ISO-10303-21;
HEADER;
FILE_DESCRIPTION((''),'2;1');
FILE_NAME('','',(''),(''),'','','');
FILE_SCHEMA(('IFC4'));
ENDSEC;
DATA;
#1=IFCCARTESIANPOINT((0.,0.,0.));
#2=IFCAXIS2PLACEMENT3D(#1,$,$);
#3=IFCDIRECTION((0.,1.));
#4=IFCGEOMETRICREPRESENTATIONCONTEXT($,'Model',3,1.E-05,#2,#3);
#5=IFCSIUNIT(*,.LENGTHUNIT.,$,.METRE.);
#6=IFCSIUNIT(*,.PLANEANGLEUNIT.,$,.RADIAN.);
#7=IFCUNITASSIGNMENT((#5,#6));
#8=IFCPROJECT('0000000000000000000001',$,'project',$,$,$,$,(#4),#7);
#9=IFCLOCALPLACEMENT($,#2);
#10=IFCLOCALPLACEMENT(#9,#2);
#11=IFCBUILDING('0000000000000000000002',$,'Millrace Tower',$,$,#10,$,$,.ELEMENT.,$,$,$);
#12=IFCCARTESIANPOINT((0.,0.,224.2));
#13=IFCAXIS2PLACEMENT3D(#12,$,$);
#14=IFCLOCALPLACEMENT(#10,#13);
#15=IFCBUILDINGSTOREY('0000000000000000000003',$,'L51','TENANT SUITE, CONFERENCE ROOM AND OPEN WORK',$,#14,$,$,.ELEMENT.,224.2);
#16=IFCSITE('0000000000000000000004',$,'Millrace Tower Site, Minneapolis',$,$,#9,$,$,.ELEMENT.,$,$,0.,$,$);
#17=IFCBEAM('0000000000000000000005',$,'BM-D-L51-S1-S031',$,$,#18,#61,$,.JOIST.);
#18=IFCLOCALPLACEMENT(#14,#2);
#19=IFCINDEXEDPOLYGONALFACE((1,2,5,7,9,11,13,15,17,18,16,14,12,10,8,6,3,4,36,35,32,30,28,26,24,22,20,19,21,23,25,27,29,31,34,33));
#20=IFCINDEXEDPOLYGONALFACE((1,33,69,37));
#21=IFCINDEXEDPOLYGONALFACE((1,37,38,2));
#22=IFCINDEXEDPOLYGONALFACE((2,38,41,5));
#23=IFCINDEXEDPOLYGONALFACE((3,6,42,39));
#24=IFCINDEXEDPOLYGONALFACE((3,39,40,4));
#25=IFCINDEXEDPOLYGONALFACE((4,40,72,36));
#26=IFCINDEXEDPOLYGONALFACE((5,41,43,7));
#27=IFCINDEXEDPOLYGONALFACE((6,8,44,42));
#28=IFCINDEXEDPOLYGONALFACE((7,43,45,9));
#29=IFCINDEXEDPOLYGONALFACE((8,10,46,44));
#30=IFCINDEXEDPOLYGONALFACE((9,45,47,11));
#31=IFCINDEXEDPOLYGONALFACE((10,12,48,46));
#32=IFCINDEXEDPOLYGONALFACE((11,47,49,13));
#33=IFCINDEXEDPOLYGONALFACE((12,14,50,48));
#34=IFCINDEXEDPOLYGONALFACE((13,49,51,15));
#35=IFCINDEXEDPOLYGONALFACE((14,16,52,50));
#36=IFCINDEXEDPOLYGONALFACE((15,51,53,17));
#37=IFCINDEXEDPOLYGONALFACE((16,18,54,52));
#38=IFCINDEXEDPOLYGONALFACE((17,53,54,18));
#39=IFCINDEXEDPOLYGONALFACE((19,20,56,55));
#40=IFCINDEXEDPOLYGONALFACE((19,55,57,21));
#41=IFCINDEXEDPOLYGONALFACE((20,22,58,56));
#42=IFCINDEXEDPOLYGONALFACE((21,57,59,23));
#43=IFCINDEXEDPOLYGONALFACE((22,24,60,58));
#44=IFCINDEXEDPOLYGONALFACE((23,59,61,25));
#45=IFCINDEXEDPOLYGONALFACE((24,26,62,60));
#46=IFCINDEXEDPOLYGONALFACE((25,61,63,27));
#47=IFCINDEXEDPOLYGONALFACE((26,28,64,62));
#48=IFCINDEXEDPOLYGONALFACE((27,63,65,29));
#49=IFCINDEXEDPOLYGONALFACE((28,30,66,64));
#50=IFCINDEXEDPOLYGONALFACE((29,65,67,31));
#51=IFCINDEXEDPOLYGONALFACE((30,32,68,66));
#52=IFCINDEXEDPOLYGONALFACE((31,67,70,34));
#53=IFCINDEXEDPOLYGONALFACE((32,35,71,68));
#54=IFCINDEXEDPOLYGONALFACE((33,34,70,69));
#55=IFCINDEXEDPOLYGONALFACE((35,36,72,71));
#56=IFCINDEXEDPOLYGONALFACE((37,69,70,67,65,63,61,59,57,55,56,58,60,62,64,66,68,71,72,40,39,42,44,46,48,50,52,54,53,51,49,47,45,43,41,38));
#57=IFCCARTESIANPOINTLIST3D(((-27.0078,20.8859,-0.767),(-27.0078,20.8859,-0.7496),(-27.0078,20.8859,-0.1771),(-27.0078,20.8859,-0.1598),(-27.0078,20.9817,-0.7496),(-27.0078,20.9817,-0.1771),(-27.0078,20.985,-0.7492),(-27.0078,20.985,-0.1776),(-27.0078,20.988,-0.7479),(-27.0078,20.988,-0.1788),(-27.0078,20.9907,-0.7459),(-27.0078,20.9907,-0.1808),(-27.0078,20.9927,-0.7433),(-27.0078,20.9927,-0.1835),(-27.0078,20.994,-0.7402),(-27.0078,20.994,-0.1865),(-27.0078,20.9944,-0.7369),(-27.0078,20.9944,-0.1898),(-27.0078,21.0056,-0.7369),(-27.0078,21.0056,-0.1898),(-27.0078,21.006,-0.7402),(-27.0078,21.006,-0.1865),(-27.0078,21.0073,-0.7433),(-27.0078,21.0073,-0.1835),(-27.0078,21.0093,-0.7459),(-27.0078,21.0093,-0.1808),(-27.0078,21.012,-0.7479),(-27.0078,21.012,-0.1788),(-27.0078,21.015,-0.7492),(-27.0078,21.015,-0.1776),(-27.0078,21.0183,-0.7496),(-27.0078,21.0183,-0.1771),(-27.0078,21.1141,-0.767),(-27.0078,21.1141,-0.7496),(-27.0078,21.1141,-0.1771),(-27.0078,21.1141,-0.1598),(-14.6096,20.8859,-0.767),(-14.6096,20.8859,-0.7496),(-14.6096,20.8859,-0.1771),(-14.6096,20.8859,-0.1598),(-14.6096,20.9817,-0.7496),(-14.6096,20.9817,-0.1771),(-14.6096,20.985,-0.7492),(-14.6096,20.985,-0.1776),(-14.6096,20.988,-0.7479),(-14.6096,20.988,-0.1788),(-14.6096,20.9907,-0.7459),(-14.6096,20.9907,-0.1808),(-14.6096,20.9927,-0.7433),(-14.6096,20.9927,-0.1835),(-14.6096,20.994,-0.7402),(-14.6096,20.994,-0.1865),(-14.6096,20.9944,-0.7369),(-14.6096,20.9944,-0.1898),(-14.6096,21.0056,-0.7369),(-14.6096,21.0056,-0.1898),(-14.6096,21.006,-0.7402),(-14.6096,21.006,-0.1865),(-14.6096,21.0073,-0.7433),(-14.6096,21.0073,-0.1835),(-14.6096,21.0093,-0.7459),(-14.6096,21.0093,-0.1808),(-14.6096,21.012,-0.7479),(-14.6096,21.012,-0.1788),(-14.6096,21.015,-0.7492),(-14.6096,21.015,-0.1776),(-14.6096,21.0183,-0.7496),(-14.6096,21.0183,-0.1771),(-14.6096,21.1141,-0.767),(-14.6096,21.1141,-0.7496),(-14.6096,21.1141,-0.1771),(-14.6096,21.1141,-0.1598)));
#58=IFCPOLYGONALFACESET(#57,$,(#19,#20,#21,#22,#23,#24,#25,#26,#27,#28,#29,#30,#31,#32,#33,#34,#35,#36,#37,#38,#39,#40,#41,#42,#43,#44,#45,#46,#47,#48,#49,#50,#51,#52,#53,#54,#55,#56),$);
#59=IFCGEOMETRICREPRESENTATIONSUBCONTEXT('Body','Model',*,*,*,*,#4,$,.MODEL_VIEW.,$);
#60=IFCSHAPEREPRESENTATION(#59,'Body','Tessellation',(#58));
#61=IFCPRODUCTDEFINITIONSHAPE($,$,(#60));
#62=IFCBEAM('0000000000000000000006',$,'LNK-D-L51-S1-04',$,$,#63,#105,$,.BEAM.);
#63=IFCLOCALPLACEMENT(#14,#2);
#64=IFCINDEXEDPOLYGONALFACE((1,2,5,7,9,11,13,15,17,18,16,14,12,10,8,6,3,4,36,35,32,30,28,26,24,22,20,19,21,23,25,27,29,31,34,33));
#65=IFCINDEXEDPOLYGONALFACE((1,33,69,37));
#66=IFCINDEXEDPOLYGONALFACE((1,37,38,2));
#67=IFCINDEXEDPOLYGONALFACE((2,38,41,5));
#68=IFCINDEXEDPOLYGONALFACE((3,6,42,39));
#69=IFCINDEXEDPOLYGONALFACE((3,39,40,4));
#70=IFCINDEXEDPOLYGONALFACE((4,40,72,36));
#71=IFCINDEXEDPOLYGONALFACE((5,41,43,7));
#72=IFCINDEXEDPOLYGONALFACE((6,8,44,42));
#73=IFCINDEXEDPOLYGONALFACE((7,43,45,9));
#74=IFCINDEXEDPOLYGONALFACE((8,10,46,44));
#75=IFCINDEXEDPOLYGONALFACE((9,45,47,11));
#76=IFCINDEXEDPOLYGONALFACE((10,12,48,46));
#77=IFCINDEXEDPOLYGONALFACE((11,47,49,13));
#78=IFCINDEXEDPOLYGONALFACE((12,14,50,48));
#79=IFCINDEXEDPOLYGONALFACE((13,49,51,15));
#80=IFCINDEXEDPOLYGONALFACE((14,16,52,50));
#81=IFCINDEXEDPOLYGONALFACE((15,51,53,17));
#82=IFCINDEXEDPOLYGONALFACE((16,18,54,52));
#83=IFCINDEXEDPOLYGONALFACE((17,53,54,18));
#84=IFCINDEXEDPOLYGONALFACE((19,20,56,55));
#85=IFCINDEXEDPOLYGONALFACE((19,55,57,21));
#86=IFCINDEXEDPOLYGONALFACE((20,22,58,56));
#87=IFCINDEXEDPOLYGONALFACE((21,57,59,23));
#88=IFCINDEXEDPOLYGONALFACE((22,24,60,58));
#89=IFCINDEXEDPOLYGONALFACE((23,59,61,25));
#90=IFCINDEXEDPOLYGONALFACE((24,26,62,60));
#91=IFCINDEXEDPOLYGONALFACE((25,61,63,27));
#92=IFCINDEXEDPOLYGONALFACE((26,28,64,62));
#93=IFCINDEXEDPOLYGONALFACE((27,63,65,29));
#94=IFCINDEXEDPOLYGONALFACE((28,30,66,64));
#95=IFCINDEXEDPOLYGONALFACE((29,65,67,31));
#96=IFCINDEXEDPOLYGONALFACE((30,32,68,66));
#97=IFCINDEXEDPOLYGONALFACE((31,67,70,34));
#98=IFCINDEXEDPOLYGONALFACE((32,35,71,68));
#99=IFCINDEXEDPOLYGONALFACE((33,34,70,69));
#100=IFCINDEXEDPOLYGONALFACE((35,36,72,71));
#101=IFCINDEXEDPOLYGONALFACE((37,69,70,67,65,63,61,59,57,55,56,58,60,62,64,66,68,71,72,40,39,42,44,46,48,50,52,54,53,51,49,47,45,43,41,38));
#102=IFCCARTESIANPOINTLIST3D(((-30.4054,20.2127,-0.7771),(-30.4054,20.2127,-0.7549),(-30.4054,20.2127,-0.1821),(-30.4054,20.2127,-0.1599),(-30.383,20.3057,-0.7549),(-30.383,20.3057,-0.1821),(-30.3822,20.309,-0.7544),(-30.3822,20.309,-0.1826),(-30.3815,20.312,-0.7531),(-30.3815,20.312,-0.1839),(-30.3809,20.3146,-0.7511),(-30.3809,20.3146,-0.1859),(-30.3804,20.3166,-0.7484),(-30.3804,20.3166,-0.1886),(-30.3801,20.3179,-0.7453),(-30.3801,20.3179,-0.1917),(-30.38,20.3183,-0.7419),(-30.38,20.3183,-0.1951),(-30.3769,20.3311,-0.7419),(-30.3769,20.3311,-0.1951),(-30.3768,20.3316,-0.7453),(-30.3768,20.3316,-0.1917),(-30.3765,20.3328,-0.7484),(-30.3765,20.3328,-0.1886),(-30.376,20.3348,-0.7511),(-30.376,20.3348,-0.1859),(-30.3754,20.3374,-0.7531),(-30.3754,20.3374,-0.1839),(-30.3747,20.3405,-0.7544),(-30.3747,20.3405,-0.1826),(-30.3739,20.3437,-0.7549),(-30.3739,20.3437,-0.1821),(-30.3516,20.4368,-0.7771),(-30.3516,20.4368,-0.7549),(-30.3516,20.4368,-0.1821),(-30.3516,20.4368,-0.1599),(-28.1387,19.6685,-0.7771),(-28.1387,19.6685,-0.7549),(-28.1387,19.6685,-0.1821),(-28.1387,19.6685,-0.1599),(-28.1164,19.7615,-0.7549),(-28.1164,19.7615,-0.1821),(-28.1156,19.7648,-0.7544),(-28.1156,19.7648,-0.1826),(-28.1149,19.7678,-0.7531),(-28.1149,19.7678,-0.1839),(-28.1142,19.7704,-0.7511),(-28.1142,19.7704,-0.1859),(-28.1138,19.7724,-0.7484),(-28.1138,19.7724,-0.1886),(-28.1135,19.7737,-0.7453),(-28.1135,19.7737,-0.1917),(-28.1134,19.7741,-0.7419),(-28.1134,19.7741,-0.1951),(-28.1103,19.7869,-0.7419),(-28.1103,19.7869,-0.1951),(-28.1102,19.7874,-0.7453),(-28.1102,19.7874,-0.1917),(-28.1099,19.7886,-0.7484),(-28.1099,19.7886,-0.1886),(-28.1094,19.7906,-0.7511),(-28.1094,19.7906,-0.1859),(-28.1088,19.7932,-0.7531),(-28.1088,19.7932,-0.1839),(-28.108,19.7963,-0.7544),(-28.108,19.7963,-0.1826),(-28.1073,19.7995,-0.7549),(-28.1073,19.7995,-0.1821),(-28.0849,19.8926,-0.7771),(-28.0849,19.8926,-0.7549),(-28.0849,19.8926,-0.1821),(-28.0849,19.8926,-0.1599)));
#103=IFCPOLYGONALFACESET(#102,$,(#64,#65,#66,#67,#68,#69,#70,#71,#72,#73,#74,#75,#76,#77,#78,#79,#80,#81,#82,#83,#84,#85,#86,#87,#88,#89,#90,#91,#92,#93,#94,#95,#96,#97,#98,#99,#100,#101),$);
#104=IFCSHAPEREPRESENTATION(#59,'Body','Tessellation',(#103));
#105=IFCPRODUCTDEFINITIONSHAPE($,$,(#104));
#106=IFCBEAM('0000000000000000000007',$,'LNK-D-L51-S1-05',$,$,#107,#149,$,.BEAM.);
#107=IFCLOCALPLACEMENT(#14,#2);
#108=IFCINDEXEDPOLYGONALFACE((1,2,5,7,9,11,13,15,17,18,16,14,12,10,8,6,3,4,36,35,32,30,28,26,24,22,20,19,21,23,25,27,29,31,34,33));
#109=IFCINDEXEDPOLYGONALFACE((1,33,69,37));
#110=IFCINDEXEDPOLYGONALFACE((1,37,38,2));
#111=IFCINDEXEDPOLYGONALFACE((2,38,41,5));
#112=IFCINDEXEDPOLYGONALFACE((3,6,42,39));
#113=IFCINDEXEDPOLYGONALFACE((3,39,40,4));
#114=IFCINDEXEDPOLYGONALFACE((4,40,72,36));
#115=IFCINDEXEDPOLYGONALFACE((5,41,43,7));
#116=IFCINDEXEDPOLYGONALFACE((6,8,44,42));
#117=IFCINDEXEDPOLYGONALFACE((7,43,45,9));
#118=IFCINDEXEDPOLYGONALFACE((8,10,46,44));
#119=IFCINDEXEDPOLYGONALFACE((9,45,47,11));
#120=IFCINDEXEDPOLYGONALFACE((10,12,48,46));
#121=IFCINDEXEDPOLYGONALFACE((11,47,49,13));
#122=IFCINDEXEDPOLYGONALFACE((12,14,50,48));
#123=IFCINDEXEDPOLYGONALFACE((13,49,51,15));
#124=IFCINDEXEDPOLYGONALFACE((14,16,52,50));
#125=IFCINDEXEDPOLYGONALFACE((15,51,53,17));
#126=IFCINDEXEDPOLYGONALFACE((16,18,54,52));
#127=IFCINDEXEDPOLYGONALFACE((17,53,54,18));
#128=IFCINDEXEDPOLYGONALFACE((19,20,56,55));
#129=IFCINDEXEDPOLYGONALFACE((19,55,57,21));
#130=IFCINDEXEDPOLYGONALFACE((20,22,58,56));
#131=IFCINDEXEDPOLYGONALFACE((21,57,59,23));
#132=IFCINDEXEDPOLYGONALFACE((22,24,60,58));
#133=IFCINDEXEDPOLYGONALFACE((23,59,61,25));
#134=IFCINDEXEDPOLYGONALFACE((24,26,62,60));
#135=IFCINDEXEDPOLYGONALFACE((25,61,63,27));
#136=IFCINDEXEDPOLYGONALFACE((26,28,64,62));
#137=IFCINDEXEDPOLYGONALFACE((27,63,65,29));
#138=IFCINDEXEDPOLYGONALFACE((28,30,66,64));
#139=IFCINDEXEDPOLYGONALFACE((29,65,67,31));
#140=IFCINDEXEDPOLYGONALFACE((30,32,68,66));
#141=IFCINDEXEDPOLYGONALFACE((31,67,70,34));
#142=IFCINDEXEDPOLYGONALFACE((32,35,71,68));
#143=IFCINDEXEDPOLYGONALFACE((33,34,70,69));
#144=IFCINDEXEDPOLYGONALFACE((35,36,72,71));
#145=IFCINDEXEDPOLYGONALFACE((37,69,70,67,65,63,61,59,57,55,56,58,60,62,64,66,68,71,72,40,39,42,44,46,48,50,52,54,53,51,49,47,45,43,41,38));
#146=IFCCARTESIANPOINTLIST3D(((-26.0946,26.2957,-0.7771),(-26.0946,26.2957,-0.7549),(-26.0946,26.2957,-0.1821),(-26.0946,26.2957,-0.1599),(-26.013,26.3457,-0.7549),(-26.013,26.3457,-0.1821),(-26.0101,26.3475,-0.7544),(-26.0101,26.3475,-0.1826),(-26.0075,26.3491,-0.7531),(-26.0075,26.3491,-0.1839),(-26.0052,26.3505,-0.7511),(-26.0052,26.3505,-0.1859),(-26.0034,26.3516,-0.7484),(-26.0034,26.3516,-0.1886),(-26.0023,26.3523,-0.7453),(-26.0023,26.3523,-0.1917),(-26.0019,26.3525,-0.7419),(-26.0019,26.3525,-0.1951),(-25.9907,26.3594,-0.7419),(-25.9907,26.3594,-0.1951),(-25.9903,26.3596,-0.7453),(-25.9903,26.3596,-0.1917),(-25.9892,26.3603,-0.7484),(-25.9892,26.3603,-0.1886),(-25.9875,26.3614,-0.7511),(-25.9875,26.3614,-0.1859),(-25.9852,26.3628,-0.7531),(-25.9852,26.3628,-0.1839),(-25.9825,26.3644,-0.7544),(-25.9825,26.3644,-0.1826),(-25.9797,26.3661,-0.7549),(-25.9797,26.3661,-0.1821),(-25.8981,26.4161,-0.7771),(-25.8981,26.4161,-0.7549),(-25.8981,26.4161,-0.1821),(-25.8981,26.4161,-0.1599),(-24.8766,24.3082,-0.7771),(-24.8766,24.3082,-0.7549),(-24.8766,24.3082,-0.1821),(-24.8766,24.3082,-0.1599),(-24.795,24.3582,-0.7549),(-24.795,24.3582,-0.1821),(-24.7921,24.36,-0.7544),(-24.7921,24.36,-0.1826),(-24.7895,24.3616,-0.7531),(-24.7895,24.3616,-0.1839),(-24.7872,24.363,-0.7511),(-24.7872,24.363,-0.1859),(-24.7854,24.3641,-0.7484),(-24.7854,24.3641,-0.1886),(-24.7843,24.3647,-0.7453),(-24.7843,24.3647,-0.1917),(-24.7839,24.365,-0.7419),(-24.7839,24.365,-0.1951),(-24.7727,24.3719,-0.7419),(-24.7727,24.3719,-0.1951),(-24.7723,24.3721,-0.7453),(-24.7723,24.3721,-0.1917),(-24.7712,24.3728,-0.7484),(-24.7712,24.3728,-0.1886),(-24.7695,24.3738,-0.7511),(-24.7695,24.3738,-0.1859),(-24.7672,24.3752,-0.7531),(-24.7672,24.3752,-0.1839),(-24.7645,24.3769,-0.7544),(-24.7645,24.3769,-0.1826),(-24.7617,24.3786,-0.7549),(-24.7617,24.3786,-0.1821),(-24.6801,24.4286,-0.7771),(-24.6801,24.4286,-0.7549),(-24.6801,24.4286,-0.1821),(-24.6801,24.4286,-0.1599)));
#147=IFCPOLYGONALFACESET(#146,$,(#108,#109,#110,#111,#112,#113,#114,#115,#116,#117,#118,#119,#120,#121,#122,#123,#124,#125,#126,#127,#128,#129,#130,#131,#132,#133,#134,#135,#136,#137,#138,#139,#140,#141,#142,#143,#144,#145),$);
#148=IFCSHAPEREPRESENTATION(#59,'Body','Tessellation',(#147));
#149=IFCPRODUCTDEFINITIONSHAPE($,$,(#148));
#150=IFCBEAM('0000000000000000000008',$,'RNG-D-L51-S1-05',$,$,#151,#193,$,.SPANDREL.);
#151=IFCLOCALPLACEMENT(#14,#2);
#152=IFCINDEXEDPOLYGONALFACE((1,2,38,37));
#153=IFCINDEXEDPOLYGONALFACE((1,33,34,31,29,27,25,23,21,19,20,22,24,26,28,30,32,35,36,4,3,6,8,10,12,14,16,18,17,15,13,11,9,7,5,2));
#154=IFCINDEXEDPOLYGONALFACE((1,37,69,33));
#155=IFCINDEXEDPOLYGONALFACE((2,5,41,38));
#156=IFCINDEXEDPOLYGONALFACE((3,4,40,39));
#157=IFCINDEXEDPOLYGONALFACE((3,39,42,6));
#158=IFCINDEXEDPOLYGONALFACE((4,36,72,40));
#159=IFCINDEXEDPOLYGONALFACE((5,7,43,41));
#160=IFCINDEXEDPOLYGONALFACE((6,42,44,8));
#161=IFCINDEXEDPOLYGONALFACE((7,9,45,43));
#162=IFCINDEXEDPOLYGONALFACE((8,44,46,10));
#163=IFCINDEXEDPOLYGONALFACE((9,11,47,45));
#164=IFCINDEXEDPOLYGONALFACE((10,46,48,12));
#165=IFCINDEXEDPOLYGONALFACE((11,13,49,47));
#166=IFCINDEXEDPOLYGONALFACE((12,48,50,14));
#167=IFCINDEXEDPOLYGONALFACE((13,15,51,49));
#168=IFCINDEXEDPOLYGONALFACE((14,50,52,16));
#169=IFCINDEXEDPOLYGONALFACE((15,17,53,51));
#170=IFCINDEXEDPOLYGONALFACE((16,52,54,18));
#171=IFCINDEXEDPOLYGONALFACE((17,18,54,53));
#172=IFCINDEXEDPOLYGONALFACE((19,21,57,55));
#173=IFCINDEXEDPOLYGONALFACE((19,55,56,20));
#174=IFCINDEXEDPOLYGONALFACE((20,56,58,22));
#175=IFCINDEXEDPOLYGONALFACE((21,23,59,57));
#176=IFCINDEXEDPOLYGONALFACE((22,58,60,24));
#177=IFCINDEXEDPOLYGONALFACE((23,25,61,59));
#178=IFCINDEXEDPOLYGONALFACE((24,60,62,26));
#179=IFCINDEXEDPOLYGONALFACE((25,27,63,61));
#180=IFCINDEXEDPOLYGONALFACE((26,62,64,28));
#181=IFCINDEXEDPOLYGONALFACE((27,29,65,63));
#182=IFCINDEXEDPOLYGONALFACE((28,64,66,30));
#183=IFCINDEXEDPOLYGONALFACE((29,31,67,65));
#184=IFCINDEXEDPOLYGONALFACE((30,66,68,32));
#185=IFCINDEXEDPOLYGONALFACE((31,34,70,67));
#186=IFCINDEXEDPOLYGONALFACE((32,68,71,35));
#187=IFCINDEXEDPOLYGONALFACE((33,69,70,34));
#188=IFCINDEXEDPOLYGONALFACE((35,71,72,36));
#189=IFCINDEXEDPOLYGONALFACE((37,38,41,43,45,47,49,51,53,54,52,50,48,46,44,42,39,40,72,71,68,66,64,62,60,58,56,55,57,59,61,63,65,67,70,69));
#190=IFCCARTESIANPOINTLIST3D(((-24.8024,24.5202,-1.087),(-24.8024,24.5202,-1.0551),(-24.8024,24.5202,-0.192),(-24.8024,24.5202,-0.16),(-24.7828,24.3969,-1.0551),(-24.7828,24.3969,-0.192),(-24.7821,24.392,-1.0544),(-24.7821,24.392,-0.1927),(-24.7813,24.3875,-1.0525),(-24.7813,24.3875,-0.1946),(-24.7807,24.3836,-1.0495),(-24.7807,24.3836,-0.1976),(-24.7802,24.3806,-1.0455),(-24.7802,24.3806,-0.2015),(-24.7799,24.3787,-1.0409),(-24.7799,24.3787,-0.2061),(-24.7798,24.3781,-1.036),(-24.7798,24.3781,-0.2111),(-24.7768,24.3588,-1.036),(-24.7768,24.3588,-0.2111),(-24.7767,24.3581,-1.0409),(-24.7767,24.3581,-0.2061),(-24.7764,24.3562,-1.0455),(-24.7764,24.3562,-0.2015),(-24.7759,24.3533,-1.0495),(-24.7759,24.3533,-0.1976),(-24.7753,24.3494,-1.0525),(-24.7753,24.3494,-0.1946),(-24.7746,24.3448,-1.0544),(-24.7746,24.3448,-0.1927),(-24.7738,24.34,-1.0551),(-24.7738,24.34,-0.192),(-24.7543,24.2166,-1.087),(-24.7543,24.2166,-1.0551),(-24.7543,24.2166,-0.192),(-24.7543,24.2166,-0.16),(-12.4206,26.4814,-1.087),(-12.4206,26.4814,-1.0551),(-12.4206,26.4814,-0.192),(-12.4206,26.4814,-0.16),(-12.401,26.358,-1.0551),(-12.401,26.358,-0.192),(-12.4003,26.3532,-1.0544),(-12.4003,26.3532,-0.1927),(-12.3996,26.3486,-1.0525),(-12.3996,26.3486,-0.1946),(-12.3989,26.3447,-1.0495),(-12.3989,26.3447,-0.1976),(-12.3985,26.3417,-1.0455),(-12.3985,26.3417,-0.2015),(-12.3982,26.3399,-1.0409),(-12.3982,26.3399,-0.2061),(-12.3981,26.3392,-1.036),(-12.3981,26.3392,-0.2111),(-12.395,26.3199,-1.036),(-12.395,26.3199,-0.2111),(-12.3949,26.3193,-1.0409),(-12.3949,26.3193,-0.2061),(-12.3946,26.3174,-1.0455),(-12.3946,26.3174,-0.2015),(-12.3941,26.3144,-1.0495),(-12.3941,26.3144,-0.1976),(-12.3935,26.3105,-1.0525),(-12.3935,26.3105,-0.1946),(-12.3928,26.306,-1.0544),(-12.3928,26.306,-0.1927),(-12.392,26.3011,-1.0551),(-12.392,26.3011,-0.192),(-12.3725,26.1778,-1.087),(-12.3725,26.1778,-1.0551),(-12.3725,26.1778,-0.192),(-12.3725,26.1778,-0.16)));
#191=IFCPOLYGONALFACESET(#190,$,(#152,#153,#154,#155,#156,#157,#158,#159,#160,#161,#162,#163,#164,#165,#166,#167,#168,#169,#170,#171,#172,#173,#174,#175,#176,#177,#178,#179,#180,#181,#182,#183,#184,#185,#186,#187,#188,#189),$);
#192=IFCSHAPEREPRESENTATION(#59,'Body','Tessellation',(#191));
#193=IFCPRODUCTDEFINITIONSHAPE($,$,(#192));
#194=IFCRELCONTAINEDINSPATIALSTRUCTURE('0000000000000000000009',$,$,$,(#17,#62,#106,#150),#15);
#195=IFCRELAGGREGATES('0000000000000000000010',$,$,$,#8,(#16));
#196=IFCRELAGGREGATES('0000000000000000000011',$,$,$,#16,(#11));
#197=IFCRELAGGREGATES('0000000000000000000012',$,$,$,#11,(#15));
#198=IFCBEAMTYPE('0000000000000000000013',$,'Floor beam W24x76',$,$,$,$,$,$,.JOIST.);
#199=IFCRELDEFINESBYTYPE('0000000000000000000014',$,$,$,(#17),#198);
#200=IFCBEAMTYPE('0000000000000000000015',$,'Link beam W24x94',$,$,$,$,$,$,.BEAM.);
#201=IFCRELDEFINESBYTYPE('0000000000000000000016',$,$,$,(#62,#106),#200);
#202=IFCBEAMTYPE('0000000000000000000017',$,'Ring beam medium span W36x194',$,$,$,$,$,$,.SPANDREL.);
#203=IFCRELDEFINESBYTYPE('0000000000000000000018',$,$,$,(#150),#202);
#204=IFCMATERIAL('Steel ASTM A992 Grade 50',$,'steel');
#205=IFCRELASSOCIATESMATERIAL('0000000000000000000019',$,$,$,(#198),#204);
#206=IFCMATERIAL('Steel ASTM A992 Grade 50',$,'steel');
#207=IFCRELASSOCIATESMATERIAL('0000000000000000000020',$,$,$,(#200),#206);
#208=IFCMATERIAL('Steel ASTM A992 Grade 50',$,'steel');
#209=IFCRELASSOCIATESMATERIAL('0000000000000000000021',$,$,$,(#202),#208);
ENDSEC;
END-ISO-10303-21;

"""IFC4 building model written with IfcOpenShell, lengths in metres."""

from ifc_helpers import new_model, si_unit, direction, frame, origin, origin_2d, place, context, subcontext, project, spatial, i_section, extrude, material, material_profile, profile_set, type_object, element, save


model = new_model("IFC4")

# Units and contexts
model_context = context("Model", 3, precision=1e-05, world=origin(), true_north=direction((0.0, 1.0)))
body_context = subcontext(model_context, "Body", "Model", "MODEL_VIEW")
ifc_project = project(units=[si_unit("LENGTHUNIT", "METRE"), si_unit("PLANEANGLEUNIT", "RADIAN")], contexts=[model_context])

# Site, building, storey
site_placement = place(None, origin())
site = spatial("IfcSite", under=ifc_project, at=site_placement, Name="Millrace Tower Site, Minneapolis", CompositionType="ELEMENT", RefElevation=0.0)
building_placement = place(site_placement, origin())
building = spatial("IfcBuilding", under=site, at=building_placement, Name="Millrace Tower", CompositionType="ELEMENT")
storey_placement = place(building_placement, frame((0.0, 0.0, 224.2)))
storey = spatial("IfcBuildingStorey", under=building, at=storey_placement, Name="L51", Description="TENANT SUITE, CONFERENCE ROOM AND OPEN WORK", CompositionType="ELEMENT", Elevation=224.2)

# Beams
ifc_material_1 = material(Name="Steel ASTM A992 Grade 50", Category="steel")
ifc_material_profile_1 = material_profile(ifc_material_1, i_section(OverallWidth=0.2283, OverallDepth=0.6072, WebThickness=0.0112, FlangeThickness=0.0173, FilletRadius=0.0127, at=origin_2d()))
ifc_profile_set_1 = profile_set([ifc_material_profile_1], Name="Steel ASTM A992 Grade 50")
beam_type_1 = type_object("IfcBeamType", Name="Floor beam W24x76", PredefinedType="JOIST", material=ifc_profile_set_1)
beam_1_placement = place(storey_placement, frame((-27.0078, 21.0, -0.4634), z_axis=(1.0, 0.0, 0.0), x_axis=(0.0, 1.0, 0.0)))
element("IfcBeam", 1, at=beam_1_placement, inside=storey, type_object=beam_type_1, Name="BM-D-L51-S1-S031", PredefinedType="JOIST", context=body_context, shape_type="SweptSolid", body=[
    extrude(i_section(OverallWidth=0.2283, OverallDepth=0.6072, WebThickness=0.0112, FlangeThickness=0.0173, FilletRadius=0.0127, at=origin_2d()), origin(), (0.0, 0.0, 1.0), 12.3982),
])
ifc_material_2 = material(Name="Steel ASTM A992 Grade 50", Category="steel")
ifc_material_profile_2 = material_profile(ifc_material_2, i_section(OverallWidth=0.2305, OverallDepth=0.6172, WebThickness=0.0132, FlangeThickness=0.0222, FilletRadius=0.0129, at=origin_2d()))
ifc_profile_set_2 = profile_set([ifc_material_profile_2], Name="Steel ASTM A992 Grade 50")
beam_type_2 = type_object("IfcBeamType", Name="Link beam W24x94", PredefinedType="BEAM", material=ifc_profile_set_2)
for number, where, z_axis, x_axis, name in (
    (2, (-28.1118, 19.7805, -0.4685), (-0.972367, 0.233456, 0.0), (-0.233456, -0.972367, 0.0), "LNK-D-L51-S1-04"),
    (3, (-24.7783, 24.3684, -0.4685), (-0.522513, 0.852631, 0.0), (-0.852631, -0.522513, 0.0), "LNK-D-L51-S1-05"),
):
    element("IfcBeam", number, at=place(storey_placement, frame(where, z_axis=z_axis, x_axis=x_axis)), inside=storey, type_object=beam_type_2, Name=name, PredefinedType="BEAM", context=body_context, shape_type="SweptSolid", body=[
        extrude(i_section(OverallWidth=0.2305, OverallDepth=0.6172, WebThickness=0.0132, FlangeThickness=0.0222, FilletRadius=0.0129, at=origin_2d()), origin(), (0.0, 0.0, 1.0), 2.3311),
    ])
ifc_material_3 = material(Name="Steel ASTM A992 Grade 50", Category="steel")
ifc_material_profile_3 = material_profile(ifc_material_3, i_section(OverallWidth=0.3074, OverallDepth=0.927, WebThickness=0.0195, FlangeThickness=0.032, FilletRadius=0.019, at=origin_2d()))
ifc_profile_set_3 = profile_set([ifc_material_profile_3], Name="Steel ASTM A992 Grade 50")
beam_type_3 = type_object("IfcBeamType", Name="Ring beam medium span W36x194", PredefinedType="SPANDREL", material=ifc_profile_set_3)
beam_2_placement = place(storey_placement, frame((-24.7783, 24.3684, -0.6235), z_axis=(0.987687, 0.156442, 0.0), x_axis=(-0.156442, 0.987687, 0.0)))
element("IfcBeam", 4, at=beam_2_placement, inside=storey, type_object=beam_type_3, Name="RNG-D-L51-S1-05", PredefinedType="SPANDREL", context=body_context, shape_type="SweptSolid", body=[
    extrude(i_section(OverallWidth=0.3074, OverallDepth=0.927, WebThickness=0.0195, FlangeThickness=0.032, FilletRadius=0.019, at=origin_2d()), origin(), (0.0, 0.0, 1.0), 12.5361),
])

save(model, "model.ifc")
